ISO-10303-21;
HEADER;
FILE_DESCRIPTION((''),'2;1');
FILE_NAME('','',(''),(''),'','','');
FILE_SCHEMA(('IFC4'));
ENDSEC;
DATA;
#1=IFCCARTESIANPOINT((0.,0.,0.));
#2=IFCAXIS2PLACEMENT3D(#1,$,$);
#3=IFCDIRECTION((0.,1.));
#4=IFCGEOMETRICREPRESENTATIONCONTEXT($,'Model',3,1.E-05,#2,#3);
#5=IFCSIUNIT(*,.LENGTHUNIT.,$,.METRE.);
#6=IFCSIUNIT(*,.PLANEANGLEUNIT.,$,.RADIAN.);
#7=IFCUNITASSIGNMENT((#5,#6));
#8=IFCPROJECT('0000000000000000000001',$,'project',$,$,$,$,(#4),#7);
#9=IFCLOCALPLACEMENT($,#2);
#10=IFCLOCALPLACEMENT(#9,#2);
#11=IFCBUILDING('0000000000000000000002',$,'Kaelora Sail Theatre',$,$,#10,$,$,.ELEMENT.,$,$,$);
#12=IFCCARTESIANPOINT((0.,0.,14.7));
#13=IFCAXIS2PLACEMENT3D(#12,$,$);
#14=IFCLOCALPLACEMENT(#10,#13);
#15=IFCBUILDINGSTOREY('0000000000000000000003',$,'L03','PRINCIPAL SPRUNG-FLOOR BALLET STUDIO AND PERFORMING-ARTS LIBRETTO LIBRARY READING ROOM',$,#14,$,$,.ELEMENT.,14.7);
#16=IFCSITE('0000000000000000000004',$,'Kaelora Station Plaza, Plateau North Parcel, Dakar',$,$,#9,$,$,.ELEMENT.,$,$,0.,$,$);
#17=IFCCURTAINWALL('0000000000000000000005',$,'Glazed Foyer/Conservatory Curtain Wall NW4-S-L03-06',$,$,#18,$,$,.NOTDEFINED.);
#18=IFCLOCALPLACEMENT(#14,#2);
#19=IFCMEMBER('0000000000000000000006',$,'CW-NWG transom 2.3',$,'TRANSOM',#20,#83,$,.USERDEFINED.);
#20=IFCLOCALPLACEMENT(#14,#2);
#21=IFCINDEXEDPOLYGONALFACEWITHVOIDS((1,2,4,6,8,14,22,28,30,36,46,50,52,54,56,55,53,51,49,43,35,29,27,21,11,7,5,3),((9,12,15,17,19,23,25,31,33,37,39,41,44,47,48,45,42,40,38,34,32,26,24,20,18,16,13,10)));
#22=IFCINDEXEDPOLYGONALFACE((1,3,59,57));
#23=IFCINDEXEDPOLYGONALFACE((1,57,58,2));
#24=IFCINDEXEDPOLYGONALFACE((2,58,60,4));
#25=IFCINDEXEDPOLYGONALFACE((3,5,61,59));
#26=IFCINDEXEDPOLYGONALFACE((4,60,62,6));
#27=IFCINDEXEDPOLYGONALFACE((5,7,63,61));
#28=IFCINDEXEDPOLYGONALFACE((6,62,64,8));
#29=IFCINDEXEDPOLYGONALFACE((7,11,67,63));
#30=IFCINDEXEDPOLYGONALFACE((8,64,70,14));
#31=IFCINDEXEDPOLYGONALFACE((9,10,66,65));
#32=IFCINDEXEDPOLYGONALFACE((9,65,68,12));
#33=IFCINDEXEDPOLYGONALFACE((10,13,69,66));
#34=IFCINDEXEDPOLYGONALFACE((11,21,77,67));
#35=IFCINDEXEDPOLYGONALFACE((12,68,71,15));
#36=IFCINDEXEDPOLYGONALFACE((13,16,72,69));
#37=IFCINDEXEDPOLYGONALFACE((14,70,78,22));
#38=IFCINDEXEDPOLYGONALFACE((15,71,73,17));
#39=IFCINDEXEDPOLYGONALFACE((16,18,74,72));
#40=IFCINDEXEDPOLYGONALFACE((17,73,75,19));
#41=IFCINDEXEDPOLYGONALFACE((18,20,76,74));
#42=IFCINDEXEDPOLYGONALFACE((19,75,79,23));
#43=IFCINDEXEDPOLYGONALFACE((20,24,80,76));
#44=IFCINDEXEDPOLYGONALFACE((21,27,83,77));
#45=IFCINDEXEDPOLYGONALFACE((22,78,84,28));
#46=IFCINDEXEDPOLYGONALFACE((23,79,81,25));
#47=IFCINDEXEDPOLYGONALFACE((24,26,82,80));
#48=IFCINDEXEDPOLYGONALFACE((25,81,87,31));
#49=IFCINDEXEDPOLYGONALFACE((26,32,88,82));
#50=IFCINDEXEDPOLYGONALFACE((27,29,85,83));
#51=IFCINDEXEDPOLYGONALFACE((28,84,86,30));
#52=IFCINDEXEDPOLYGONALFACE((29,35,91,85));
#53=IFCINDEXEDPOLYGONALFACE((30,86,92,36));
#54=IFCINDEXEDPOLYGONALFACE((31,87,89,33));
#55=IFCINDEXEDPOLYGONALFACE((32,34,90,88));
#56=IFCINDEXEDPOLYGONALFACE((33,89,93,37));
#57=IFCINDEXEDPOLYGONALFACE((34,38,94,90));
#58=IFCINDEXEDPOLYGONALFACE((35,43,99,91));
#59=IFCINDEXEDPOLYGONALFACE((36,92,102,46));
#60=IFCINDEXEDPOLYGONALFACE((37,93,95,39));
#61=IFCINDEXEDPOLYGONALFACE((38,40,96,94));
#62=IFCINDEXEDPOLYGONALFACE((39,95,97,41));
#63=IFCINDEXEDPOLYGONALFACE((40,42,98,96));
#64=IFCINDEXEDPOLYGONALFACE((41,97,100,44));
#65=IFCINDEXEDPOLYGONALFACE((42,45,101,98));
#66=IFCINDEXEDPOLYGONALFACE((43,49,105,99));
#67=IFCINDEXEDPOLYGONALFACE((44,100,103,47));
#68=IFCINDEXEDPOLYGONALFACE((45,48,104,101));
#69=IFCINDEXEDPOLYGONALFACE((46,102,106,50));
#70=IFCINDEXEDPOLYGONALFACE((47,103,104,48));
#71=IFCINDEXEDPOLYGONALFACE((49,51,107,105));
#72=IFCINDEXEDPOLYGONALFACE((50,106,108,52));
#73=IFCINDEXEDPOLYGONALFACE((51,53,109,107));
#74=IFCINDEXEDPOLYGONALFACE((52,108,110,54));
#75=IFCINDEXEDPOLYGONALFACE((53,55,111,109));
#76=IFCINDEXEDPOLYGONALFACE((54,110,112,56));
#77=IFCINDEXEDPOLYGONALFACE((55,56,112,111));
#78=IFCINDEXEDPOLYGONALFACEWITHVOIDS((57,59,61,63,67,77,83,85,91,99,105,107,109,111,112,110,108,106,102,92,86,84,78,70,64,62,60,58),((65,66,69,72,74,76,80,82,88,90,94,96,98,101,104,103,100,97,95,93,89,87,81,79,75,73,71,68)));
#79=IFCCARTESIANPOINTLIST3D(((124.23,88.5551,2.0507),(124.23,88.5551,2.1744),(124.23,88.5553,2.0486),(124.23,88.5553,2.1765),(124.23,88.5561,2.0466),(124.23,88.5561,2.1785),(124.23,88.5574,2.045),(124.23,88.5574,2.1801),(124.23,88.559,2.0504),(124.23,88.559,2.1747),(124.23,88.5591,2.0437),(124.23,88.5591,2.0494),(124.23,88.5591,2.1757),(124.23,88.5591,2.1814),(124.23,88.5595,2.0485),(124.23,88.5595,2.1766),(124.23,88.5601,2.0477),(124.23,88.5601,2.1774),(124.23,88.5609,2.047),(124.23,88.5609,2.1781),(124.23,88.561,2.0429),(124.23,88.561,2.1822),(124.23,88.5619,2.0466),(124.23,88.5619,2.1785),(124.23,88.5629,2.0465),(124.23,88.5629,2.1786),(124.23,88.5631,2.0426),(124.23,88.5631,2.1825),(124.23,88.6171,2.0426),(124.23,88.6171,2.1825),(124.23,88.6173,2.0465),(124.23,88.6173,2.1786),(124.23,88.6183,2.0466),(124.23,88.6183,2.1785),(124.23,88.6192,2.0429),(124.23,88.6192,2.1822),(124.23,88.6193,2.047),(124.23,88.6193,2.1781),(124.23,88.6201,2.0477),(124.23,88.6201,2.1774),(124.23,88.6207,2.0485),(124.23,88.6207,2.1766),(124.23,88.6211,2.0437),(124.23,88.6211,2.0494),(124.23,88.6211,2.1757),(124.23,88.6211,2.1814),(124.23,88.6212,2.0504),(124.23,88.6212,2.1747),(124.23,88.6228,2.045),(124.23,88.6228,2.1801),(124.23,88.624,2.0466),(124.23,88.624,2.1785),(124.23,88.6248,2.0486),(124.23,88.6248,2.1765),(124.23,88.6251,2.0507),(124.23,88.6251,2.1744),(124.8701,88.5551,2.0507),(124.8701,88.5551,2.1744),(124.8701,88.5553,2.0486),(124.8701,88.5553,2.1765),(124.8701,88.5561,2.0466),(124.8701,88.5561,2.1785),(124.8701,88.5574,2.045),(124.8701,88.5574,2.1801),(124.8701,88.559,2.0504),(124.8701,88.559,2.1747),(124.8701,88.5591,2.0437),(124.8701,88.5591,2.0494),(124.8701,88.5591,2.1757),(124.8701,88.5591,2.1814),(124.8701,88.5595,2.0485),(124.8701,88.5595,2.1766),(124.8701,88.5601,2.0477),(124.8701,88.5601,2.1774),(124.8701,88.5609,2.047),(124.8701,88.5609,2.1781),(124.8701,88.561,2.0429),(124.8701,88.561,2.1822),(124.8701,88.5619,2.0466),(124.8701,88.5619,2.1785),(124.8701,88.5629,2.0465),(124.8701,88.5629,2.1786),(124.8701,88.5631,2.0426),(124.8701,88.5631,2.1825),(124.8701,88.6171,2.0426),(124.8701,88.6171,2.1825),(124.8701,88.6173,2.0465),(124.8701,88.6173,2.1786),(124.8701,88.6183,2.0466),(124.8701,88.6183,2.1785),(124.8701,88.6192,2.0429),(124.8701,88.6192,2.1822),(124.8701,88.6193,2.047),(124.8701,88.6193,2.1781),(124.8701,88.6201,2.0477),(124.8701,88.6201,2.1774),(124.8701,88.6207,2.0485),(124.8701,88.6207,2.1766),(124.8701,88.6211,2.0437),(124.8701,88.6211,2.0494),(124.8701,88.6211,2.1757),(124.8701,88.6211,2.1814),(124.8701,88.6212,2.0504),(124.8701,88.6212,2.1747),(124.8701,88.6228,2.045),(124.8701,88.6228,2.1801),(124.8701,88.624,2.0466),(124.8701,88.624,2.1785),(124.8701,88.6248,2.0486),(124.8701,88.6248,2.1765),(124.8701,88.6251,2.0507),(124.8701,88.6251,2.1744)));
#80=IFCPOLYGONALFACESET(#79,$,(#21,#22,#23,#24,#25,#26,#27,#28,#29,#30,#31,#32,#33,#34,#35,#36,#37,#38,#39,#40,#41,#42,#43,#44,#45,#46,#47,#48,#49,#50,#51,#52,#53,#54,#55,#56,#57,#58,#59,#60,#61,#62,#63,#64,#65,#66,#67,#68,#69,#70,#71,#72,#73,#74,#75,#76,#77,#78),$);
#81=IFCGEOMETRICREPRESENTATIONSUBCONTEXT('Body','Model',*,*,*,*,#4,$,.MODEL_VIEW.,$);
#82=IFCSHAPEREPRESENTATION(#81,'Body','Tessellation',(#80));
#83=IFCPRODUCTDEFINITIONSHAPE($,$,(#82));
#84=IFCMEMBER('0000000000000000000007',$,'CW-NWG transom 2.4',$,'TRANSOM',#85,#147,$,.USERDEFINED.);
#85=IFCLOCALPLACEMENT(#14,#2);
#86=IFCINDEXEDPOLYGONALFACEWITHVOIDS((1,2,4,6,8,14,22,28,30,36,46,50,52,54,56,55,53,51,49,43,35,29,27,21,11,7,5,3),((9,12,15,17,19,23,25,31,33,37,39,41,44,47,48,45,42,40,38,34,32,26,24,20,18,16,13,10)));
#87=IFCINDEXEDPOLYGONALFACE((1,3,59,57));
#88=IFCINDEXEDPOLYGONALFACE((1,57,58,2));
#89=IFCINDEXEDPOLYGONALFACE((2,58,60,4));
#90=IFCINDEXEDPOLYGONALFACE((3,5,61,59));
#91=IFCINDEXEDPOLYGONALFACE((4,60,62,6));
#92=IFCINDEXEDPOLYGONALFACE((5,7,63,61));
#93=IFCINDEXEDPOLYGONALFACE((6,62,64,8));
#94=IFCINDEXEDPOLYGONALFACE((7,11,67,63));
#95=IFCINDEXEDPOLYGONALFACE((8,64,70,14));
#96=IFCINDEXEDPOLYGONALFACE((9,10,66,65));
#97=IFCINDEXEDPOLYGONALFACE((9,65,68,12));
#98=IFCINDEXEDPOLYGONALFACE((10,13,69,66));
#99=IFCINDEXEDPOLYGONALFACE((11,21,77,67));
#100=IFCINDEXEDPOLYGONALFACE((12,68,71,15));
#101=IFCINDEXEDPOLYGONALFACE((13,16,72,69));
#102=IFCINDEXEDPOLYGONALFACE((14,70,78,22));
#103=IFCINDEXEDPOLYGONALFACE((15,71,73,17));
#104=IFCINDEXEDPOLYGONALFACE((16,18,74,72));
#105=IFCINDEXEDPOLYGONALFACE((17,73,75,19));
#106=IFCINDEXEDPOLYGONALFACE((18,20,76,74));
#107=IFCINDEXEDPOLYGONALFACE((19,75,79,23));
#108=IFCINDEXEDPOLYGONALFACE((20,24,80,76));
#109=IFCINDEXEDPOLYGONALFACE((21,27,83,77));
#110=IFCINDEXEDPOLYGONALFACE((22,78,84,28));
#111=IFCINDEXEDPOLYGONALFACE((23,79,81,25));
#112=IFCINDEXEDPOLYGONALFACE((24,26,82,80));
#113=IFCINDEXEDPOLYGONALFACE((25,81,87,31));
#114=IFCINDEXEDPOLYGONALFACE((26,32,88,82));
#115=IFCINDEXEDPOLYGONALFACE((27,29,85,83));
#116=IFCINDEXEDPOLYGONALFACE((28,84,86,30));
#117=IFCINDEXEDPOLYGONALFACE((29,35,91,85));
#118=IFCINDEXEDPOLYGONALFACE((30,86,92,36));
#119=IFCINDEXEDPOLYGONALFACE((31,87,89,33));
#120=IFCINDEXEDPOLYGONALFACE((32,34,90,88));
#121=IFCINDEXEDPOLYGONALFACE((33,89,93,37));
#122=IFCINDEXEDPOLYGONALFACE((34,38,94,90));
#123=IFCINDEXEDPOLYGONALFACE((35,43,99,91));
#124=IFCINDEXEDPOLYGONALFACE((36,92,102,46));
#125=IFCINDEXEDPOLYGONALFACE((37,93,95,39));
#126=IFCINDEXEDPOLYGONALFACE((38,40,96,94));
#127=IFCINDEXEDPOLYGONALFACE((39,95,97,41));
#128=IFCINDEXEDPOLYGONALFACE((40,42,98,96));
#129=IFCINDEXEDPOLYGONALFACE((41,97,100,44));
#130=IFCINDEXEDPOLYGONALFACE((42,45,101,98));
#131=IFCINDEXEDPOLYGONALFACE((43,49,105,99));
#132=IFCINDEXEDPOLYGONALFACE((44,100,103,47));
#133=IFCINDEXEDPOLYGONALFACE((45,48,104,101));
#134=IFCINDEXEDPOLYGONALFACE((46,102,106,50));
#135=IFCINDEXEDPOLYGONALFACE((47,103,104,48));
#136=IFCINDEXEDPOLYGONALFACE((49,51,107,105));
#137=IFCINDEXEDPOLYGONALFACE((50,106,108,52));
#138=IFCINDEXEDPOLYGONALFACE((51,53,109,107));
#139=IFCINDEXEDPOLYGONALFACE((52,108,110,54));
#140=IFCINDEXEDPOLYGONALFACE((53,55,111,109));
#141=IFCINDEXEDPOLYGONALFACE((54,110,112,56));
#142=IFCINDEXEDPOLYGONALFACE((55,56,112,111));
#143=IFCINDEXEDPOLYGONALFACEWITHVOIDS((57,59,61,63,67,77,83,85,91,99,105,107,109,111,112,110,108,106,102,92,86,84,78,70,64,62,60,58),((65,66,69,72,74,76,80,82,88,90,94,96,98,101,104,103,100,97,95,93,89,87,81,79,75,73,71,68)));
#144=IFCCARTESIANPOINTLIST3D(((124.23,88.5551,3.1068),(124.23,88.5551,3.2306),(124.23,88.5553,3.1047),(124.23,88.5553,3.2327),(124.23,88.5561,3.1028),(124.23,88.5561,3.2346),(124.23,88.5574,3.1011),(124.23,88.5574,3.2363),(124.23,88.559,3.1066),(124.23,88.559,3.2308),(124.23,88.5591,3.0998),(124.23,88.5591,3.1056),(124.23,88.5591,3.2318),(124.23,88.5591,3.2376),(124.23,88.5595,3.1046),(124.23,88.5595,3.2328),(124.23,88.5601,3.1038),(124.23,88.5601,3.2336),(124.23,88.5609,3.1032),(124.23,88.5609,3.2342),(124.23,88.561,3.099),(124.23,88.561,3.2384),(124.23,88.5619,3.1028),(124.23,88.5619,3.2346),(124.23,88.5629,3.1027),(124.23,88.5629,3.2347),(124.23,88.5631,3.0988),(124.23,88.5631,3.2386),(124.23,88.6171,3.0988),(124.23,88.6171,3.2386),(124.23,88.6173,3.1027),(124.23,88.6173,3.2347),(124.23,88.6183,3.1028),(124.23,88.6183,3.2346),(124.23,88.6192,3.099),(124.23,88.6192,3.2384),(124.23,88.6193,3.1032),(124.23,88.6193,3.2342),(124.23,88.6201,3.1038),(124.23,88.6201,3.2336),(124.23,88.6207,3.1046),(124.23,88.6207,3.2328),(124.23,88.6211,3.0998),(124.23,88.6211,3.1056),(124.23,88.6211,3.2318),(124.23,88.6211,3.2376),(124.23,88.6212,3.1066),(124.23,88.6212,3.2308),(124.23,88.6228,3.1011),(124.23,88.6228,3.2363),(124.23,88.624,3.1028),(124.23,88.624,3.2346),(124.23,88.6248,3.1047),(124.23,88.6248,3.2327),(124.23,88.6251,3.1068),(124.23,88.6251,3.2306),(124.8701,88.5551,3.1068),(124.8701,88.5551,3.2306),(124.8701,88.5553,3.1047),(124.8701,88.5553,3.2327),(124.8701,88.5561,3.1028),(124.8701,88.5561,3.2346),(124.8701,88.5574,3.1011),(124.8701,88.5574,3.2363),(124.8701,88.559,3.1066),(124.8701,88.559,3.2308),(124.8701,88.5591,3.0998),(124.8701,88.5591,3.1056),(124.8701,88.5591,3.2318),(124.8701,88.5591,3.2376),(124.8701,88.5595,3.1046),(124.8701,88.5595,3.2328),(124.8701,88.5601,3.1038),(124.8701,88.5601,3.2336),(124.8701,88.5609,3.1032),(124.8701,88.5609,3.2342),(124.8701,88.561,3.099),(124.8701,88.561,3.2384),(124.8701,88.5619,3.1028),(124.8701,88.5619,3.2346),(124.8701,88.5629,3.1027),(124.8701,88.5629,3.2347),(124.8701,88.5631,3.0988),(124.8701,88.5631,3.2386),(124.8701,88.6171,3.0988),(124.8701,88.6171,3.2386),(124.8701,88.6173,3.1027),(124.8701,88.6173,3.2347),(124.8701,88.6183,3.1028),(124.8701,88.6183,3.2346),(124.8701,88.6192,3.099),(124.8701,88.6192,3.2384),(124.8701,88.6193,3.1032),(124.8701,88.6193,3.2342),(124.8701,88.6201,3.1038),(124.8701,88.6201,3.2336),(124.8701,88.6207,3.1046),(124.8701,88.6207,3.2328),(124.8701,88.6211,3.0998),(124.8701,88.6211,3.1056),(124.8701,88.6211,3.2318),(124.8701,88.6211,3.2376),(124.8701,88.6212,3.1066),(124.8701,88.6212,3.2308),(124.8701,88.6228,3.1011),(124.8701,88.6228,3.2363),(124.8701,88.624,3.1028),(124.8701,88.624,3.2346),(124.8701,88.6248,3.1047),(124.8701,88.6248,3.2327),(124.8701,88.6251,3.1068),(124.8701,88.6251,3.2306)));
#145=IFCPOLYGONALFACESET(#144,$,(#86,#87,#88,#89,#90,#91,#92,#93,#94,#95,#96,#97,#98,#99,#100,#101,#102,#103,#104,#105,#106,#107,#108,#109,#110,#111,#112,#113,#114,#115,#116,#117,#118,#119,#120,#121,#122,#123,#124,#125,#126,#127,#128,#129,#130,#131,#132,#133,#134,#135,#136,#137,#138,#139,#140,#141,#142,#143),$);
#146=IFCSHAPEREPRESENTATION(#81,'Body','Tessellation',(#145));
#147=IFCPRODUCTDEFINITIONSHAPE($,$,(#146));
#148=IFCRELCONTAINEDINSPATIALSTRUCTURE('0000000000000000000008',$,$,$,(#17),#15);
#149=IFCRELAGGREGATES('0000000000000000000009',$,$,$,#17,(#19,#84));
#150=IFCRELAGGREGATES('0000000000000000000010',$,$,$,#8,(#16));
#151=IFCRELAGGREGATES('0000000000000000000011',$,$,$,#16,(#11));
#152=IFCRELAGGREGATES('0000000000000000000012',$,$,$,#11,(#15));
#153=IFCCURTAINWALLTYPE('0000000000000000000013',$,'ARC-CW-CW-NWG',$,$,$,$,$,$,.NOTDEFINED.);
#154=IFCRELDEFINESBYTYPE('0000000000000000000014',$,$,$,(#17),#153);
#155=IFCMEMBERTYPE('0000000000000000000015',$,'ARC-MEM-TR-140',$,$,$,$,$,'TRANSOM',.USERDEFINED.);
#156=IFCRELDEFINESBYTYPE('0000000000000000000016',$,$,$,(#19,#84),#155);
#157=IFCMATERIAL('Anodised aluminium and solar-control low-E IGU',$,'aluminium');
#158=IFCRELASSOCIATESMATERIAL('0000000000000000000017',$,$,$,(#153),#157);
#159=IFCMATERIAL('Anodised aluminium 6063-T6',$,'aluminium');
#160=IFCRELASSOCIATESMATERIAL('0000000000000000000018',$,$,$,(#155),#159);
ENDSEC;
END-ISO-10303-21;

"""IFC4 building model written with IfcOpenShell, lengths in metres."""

from ifc_helpers import new_model, si_unit, direction, frame, origin, origin_2d, place, context, subcontext, project, spatial, hollow_rectangle, extrude, material, material_profile, profile_set, type_object, element, aggregate, save


model = new_model("IFC4")

# Units and contexts
model_context = context("Model", 3, precision=1e-05, world=origin(), true_north=direction((0.0, 1.0)))
body_context = subcontext(model_context, "Body", "Model", "MODEL_VIEW")
ifc_project = project(units=[si_unit("LENGTHUNIT", "METRE"), si_unit("PLANEANGLEUNIT", "RADIAN")], contexts=[model_context])

# Site, building, storey
site_placement = place(None, origin())
site = spatial("IfcSite", under=ifc_project, at=site_placement, Name="Kaelora Station Plaza, Plateau North Parcel, Dakar", CompositionType="ELEMENT", RefElevation=0.0)
building_placement = place(site_placement, origin())
building = spatial("IfcBuilding", under=site, at=building_placement, Name="Kaelora Sail Theatre", CompositionType="ELEMENT")
storey_placement = place(building_placement, frame((0.0, 0.0, 14.7)))
storey = spatial("IfcBuildingStorey", under=building, at=storey_placement, Name="L03", Description="PRINCIPAL SPRUNG-FLOOR BALLET STUDIO AND PERFORMING-ARTS LIBRETTO LIBRARY READING ROOM", CompositionType="ELEMENT", Elevation=14.7)

# Curtain wall, members
ifc_material_1 = material(Name="Anodised aluminium and solar-control low-E IGU", Category="aluminium")
curtain_wall_type = type_object("IfcCurtainWallType", Name="ARC-CW-CW-NWG", PredefinedType="NOTDEFINED", material=ifc_material_1)
curtain_wall_placement = place(storey_placement, origin())
curtain_wall = element("IfcCurtainWall", 1, at=curtain_wall_placement, inside=storey, type_object=curtain_wall_type, Name="Glazed Foyer/Conservatory Curtain Wall NW4-S-L03-06", PredefinedType="NOTDEFINED")
ifc_material_2 = material(Name="Anodised aluminium 6063-T6", Category="aluminium")
ifc_material_profile_1 = material_profile(ifc_material_2, hollow_rectangle(XDim=0.0701, YDim=0.1399, WallThickness=0.0039, InnerFilletRadius=0.0039, OuterFilletRadius=0.0081, at=origin_2d()), Name="ALU-TRAN 70x140x4")
ifc_profile_set_1 = profile_set([ifc_material_profile_1], Name="Anodised aluminium 6063-T6")
member_type_1 = type_object("IfcMemberType", Name="ARC-MEM-TR-140", ElementType="TRANSOM", PredefinedType="USERDEFINED", material=ifc_profile_set_1)
member_1_placement = place(storey_placement, frame((124.23, 88.5901, 2.1125), z_axis=(1.0, 0.0, 0.0), x_axis=(0.0, 1.0, 0.0)))
member_1 = element("IfcMember", 2, at=member_1_placement, type_object=member_type_1, Name="CW-NWG transom 2.3", ObjectType="TRANSOM", PredefinedType="USERDEFINED", context=body_context, shape_type="SweptSolid", body=[
    extrude(hollow_rectangle(XDim=0.0701, YDim=0.1399, WallThickness=0.0039, InnerFilletRadius=0.0039, OuterFilletRadius=0.0081, at=origin_2d()), origin(), (0.0, 0.0, 1.0), 0.6401),
])
member_2_placement = place(storey_placement, frame((124.23, 88.5901, 3.1687), z_axis=(1.0, 0.0, 0.0), x_axis=(0.0, 1.0, 0.0)))
member_2 = element("IfcMember", 3, at=member_2_placement, type_object=member_type_1, Name="CW-NWG transom 2.4", ObjectType="TRANSOM", PredefinedType="USERDEFINED", context=body_context, shape_type="SweptSolid", body=[
    extrude(hollow_rectangle(XDim=0.0701, YDim=0.1399, WallThickness=0.0039, InnerFilletRadius=0.0039, OuterFilletRadius=0.0081, at=origin_2d()), origin(), (0.0, 0.0, 1.0), 0.6401),
])
aggregate(curtain_wall, [member_1, member_2])

save(model, "model.ifc")
